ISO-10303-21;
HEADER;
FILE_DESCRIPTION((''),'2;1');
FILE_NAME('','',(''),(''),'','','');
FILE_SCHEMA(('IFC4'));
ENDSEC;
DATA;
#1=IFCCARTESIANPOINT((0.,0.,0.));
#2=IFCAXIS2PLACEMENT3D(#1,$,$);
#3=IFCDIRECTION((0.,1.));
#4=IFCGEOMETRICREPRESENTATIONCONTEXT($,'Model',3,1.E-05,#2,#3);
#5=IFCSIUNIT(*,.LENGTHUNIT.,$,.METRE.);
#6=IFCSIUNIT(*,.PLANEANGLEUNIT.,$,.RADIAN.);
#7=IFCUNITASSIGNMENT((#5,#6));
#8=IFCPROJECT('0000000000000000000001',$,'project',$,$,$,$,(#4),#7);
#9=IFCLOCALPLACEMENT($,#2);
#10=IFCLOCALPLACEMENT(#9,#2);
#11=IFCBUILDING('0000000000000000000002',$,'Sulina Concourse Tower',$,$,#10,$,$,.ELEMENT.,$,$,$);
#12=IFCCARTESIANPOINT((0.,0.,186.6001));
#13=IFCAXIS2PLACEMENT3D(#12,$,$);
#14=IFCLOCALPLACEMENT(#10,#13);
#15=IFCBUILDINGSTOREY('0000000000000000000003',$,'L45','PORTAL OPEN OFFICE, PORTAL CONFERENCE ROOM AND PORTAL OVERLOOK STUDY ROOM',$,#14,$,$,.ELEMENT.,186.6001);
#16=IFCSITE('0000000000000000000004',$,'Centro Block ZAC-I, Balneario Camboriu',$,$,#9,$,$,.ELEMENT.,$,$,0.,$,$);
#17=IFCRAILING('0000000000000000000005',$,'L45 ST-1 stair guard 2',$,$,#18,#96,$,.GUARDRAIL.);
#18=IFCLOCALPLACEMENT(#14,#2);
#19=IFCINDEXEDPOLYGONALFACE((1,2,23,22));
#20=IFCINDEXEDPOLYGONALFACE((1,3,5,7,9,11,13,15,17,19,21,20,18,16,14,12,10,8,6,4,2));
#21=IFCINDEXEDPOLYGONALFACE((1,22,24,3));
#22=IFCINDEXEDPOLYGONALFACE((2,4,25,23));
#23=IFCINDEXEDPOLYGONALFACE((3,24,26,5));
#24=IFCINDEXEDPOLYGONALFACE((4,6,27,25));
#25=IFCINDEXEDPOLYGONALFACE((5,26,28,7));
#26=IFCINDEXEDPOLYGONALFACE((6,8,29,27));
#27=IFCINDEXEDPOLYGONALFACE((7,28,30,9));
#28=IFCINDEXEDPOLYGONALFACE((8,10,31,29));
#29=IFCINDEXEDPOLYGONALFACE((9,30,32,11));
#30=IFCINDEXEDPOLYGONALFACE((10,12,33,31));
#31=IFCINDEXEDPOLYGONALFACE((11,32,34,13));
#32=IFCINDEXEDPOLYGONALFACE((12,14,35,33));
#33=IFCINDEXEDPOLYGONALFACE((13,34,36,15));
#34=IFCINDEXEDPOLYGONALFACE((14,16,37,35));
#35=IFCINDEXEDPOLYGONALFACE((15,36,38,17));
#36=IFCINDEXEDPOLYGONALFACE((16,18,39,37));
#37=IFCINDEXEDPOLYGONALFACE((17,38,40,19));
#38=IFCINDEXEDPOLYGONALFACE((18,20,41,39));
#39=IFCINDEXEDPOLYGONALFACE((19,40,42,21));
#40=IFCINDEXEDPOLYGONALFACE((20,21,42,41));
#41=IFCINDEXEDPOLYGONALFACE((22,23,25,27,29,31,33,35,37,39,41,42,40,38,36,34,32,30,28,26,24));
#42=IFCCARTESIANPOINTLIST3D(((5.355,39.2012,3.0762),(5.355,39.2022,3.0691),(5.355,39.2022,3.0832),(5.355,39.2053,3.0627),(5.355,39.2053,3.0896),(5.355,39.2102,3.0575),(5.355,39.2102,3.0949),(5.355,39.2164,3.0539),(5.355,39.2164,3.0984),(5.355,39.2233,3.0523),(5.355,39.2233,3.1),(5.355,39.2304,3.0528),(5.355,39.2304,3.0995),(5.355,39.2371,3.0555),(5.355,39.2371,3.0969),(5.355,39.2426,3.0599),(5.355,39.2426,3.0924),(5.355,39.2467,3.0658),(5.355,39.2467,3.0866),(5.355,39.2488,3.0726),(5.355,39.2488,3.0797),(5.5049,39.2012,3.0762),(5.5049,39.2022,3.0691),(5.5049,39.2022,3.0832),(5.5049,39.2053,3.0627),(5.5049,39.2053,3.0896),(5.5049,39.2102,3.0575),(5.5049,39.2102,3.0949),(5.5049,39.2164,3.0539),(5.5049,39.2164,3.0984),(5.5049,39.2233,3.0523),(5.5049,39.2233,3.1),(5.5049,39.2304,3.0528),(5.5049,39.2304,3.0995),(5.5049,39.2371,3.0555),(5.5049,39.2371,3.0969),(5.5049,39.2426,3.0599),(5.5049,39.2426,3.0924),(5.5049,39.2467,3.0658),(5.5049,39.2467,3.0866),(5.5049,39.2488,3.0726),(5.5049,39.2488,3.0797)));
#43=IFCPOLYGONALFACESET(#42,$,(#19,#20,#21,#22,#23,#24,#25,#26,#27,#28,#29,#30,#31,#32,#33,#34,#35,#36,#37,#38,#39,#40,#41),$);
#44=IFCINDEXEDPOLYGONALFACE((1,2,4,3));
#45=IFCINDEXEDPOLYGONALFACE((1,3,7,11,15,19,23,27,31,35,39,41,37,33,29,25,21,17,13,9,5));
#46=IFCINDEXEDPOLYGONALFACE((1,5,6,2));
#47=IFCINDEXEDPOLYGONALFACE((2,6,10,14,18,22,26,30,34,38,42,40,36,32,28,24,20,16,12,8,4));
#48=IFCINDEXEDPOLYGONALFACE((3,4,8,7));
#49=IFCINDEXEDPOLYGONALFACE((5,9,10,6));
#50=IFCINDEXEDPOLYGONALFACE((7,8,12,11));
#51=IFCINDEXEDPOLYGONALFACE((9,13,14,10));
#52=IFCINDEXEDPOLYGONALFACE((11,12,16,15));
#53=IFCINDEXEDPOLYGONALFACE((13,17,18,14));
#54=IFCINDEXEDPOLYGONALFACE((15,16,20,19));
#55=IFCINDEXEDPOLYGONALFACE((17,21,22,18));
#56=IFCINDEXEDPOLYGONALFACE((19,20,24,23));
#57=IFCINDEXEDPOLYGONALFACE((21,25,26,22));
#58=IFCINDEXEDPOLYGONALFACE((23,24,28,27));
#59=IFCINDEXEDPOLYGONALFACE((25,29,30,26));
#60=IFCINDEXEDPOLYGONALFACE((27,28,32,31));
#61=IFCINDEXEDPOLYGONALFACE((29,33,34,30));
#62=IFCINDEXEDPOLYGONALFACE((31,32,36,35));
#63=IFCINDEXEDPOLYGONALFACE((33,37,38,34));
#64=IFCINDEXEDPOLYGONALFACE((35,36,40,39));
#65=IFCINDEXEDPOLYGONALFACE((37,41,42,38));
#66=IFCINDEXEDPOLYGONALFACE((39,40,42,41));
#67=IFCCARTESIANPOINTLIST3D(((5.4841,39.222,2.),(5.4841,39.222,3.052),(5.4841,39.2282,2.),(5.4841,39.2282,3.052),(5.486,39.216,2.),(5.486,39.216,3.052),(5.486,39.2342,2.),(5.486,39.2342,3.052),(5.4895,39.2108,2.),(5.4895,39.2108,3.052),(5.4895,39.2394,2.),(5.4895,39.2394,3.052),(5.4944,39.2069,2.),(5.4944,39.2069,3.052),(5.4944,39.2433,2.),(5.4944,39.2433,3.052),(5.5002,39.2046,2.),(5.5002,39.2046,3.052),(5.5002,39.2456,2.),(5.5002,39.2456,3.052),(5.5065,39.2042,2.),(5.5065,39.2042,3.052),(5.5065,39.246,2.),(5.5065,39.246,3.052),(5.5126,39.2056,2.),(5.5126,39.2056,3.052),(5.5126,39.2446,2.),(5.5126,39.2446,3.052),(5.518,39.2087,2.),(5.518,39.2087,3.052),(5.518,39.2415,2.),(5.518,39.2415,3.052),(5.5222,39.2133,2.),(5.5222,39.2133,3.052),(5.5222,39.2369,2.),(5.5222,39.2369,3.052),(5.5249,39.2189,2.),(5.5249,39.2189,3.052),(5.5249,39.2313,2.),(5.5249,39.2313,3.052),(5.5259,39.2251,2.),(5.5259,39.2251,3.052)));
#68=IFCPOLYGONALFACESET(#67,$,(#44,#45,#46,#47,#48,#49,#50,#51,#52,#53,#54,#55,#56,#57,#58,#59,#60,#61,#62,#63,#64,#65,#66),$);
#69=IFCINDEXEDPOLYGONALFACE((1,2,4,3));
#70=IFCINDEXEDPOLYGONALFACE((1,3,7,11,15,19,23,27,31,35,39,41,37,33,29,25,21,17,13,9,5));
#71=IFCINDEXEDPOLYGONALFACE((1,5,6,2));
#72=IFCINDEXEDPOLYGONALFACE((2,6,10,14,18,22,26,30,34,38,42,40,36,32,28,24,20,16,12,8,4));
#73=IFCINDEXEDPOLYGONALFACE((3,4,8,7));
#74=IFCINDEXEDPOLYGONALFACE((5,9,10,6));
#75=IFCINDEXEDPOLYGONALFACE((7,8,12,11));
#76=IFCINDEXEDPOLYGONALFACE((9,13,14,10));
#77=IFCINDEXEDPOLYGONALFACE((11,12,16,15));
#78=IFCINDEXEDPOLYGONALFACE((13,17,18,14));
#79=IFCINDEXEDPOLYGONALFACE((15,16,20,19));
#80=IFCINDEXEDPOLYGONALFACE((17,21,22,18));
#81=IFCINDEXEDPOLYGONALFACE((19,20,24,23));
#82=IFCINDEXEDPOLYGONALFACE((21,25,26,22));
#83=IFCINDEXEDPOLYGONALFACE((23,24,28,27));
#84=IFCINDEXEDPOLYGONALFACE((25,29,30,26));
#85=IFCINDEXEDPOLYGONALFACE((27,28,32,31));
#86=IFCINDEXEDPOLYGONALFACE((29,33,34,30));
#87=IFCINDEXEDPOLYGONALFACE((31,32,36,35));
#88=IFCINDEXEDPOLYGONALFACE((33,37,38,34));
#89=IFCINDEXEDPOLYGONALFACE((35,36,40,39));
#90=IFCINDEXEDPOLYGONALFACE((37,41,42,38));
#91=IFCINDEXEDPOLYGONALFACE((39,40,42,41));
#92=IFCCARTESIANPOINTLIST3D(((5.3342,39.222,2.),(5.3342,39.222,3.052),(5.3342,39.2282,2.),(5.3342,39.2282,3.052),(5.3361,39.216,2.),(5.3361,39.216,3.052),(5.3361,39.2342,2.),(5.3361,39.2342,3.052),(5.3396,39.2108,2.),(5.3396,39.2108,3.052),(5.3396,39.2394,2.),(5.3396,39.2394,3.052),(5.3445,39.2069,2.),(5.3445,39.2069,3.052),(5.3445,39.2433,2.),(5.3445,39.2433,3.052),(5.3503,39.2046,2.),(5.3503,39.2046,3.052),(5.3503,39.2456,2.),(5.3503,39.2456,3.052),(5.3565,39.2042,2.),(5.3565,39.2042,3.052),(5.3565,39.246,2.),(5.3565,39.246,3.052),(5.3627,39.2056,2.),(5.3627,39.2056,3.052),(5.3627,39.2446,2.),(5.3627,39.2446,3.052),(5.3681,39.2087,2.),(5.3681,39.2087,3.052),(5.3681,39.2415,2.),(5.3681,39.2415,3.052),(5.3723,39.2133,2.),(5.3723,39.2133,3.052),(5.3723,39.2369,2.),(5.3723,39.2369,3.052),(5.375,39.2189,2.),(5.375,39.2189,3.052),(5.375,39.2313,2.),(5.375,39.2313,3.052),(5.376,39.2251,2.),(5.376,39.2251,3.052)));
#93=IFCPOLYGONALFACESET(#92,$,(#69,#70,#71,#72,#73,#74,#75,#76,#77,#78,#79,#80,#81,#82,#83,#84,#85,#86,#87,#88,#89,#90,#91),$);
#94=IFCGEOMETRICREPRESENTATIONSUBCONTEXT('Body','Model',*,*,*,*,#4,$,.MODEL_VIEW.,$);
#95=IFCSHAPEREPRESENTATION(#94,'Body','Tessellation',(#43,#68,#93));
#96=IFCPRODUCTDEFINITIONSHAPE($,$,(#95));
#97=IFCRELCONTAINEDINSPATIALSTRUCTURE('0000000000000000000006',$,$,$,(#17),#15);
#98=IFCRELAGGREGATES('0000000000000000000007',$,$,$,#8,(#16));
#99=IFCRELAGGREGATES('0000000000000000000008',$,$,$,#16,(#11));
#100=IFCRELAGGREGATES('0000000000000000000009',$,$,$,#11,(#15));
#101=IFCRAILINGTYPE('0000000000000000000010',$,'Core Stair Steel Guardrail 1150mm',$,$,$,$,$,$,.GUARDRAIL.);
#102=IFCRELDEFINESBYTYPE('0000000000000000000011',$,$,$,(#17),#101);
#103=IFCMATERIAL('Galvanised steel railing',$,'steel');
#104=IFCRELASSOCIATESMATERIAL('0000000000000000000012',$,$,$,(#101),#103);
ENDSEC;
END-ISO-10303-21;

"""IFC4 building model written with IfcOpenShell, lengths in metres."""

from ifc_helpers import new_model, si_unit, direction, frame, origin, origin_2d, place, context, subcontext, project, spatial, circle, extrude, material, type_object, element, save


model = new_model("IFC4")

# Units and contexts
model_context = context("Model", 3, precision=1e-05, world=origin(), true_north=direction((0.0, 1.0)))
body_context = subcontext(model_context, "Body", "Model", "MODEL_VIEW")
ifc_project = project(units=[si_unit("LENGTHUNIT", "METRE"), si_unit("PLANEANGLEUNIT", "RADIAN")], contexts=[model_context])

# Site, building, storey
site_placement = place(None, origin())
site = spatial("IfcSite", under=ifc_project, at=site_placement, Name="Centro Block ZAC-I, Balneario Camboriu", CompositionType="ELEMENT", RefElevation=0.0)
building_placement = place(site_placement, origin())
building = spatial("IfcBuilding", under=site, at=building_placement, Name="Sulina Concourse Tower", CompositionType="ELEMENT")
storey_placement = place(building_placement, frame((0.0, 0.0, 186.6001)))
storey = spatial("IfcBuildingStorey", under=building, at=storey_placement, Name="L45", Description="PORTAL OPEN OFFICE, PORTAL CONFERENCE ROOM AND PORTAL OVERLOOK STUDY ROOM", CompositionType="ELEMENT", Elevation=186.6001)

# Railing
ifc_material_1 = material(Name="Galvanised steel railing", Category="steel")
railing_type_1 = type_object("IfcRailingType", Name="Core Stair Steel Guardrail 1150mm", PredefinedType="GUARDRAIL", material=ifc_material_1)
railing_1_placement = place(storey_placement, frame((5.5049, 39.2251, 2.0)))
element("IfcRailing", 1, at=railing_1_placement, inside=storey, type_object=railing_type_1, Name="L45 ST-1 stair guard 2", PredefinedType="GUARDRAIL", context=body_context, shape_type="SweptSolid", body=[
    extrude(circle(Radius=0.0239, at=origin_2d()), frame((0.0, 0.0, 1.0762), z_axis=(-1.0, 0.0, 0.0), x_axis=(0.0, -1.0, 0.0)), (0.0, 0.0, 1.0), 0.1499),
    extrude(circle(Radius=0.021, at=origin_2d()), origin(), (0.0, 0.0, 1.0), 1.052),
    extrude(circle(Radius=0.021, at=origin_2d()), frame((-0.1499, 0.0, 0.0)), (0.0, 0.0, 1.0), 1.052),
])

save(model, "model.ifc")
